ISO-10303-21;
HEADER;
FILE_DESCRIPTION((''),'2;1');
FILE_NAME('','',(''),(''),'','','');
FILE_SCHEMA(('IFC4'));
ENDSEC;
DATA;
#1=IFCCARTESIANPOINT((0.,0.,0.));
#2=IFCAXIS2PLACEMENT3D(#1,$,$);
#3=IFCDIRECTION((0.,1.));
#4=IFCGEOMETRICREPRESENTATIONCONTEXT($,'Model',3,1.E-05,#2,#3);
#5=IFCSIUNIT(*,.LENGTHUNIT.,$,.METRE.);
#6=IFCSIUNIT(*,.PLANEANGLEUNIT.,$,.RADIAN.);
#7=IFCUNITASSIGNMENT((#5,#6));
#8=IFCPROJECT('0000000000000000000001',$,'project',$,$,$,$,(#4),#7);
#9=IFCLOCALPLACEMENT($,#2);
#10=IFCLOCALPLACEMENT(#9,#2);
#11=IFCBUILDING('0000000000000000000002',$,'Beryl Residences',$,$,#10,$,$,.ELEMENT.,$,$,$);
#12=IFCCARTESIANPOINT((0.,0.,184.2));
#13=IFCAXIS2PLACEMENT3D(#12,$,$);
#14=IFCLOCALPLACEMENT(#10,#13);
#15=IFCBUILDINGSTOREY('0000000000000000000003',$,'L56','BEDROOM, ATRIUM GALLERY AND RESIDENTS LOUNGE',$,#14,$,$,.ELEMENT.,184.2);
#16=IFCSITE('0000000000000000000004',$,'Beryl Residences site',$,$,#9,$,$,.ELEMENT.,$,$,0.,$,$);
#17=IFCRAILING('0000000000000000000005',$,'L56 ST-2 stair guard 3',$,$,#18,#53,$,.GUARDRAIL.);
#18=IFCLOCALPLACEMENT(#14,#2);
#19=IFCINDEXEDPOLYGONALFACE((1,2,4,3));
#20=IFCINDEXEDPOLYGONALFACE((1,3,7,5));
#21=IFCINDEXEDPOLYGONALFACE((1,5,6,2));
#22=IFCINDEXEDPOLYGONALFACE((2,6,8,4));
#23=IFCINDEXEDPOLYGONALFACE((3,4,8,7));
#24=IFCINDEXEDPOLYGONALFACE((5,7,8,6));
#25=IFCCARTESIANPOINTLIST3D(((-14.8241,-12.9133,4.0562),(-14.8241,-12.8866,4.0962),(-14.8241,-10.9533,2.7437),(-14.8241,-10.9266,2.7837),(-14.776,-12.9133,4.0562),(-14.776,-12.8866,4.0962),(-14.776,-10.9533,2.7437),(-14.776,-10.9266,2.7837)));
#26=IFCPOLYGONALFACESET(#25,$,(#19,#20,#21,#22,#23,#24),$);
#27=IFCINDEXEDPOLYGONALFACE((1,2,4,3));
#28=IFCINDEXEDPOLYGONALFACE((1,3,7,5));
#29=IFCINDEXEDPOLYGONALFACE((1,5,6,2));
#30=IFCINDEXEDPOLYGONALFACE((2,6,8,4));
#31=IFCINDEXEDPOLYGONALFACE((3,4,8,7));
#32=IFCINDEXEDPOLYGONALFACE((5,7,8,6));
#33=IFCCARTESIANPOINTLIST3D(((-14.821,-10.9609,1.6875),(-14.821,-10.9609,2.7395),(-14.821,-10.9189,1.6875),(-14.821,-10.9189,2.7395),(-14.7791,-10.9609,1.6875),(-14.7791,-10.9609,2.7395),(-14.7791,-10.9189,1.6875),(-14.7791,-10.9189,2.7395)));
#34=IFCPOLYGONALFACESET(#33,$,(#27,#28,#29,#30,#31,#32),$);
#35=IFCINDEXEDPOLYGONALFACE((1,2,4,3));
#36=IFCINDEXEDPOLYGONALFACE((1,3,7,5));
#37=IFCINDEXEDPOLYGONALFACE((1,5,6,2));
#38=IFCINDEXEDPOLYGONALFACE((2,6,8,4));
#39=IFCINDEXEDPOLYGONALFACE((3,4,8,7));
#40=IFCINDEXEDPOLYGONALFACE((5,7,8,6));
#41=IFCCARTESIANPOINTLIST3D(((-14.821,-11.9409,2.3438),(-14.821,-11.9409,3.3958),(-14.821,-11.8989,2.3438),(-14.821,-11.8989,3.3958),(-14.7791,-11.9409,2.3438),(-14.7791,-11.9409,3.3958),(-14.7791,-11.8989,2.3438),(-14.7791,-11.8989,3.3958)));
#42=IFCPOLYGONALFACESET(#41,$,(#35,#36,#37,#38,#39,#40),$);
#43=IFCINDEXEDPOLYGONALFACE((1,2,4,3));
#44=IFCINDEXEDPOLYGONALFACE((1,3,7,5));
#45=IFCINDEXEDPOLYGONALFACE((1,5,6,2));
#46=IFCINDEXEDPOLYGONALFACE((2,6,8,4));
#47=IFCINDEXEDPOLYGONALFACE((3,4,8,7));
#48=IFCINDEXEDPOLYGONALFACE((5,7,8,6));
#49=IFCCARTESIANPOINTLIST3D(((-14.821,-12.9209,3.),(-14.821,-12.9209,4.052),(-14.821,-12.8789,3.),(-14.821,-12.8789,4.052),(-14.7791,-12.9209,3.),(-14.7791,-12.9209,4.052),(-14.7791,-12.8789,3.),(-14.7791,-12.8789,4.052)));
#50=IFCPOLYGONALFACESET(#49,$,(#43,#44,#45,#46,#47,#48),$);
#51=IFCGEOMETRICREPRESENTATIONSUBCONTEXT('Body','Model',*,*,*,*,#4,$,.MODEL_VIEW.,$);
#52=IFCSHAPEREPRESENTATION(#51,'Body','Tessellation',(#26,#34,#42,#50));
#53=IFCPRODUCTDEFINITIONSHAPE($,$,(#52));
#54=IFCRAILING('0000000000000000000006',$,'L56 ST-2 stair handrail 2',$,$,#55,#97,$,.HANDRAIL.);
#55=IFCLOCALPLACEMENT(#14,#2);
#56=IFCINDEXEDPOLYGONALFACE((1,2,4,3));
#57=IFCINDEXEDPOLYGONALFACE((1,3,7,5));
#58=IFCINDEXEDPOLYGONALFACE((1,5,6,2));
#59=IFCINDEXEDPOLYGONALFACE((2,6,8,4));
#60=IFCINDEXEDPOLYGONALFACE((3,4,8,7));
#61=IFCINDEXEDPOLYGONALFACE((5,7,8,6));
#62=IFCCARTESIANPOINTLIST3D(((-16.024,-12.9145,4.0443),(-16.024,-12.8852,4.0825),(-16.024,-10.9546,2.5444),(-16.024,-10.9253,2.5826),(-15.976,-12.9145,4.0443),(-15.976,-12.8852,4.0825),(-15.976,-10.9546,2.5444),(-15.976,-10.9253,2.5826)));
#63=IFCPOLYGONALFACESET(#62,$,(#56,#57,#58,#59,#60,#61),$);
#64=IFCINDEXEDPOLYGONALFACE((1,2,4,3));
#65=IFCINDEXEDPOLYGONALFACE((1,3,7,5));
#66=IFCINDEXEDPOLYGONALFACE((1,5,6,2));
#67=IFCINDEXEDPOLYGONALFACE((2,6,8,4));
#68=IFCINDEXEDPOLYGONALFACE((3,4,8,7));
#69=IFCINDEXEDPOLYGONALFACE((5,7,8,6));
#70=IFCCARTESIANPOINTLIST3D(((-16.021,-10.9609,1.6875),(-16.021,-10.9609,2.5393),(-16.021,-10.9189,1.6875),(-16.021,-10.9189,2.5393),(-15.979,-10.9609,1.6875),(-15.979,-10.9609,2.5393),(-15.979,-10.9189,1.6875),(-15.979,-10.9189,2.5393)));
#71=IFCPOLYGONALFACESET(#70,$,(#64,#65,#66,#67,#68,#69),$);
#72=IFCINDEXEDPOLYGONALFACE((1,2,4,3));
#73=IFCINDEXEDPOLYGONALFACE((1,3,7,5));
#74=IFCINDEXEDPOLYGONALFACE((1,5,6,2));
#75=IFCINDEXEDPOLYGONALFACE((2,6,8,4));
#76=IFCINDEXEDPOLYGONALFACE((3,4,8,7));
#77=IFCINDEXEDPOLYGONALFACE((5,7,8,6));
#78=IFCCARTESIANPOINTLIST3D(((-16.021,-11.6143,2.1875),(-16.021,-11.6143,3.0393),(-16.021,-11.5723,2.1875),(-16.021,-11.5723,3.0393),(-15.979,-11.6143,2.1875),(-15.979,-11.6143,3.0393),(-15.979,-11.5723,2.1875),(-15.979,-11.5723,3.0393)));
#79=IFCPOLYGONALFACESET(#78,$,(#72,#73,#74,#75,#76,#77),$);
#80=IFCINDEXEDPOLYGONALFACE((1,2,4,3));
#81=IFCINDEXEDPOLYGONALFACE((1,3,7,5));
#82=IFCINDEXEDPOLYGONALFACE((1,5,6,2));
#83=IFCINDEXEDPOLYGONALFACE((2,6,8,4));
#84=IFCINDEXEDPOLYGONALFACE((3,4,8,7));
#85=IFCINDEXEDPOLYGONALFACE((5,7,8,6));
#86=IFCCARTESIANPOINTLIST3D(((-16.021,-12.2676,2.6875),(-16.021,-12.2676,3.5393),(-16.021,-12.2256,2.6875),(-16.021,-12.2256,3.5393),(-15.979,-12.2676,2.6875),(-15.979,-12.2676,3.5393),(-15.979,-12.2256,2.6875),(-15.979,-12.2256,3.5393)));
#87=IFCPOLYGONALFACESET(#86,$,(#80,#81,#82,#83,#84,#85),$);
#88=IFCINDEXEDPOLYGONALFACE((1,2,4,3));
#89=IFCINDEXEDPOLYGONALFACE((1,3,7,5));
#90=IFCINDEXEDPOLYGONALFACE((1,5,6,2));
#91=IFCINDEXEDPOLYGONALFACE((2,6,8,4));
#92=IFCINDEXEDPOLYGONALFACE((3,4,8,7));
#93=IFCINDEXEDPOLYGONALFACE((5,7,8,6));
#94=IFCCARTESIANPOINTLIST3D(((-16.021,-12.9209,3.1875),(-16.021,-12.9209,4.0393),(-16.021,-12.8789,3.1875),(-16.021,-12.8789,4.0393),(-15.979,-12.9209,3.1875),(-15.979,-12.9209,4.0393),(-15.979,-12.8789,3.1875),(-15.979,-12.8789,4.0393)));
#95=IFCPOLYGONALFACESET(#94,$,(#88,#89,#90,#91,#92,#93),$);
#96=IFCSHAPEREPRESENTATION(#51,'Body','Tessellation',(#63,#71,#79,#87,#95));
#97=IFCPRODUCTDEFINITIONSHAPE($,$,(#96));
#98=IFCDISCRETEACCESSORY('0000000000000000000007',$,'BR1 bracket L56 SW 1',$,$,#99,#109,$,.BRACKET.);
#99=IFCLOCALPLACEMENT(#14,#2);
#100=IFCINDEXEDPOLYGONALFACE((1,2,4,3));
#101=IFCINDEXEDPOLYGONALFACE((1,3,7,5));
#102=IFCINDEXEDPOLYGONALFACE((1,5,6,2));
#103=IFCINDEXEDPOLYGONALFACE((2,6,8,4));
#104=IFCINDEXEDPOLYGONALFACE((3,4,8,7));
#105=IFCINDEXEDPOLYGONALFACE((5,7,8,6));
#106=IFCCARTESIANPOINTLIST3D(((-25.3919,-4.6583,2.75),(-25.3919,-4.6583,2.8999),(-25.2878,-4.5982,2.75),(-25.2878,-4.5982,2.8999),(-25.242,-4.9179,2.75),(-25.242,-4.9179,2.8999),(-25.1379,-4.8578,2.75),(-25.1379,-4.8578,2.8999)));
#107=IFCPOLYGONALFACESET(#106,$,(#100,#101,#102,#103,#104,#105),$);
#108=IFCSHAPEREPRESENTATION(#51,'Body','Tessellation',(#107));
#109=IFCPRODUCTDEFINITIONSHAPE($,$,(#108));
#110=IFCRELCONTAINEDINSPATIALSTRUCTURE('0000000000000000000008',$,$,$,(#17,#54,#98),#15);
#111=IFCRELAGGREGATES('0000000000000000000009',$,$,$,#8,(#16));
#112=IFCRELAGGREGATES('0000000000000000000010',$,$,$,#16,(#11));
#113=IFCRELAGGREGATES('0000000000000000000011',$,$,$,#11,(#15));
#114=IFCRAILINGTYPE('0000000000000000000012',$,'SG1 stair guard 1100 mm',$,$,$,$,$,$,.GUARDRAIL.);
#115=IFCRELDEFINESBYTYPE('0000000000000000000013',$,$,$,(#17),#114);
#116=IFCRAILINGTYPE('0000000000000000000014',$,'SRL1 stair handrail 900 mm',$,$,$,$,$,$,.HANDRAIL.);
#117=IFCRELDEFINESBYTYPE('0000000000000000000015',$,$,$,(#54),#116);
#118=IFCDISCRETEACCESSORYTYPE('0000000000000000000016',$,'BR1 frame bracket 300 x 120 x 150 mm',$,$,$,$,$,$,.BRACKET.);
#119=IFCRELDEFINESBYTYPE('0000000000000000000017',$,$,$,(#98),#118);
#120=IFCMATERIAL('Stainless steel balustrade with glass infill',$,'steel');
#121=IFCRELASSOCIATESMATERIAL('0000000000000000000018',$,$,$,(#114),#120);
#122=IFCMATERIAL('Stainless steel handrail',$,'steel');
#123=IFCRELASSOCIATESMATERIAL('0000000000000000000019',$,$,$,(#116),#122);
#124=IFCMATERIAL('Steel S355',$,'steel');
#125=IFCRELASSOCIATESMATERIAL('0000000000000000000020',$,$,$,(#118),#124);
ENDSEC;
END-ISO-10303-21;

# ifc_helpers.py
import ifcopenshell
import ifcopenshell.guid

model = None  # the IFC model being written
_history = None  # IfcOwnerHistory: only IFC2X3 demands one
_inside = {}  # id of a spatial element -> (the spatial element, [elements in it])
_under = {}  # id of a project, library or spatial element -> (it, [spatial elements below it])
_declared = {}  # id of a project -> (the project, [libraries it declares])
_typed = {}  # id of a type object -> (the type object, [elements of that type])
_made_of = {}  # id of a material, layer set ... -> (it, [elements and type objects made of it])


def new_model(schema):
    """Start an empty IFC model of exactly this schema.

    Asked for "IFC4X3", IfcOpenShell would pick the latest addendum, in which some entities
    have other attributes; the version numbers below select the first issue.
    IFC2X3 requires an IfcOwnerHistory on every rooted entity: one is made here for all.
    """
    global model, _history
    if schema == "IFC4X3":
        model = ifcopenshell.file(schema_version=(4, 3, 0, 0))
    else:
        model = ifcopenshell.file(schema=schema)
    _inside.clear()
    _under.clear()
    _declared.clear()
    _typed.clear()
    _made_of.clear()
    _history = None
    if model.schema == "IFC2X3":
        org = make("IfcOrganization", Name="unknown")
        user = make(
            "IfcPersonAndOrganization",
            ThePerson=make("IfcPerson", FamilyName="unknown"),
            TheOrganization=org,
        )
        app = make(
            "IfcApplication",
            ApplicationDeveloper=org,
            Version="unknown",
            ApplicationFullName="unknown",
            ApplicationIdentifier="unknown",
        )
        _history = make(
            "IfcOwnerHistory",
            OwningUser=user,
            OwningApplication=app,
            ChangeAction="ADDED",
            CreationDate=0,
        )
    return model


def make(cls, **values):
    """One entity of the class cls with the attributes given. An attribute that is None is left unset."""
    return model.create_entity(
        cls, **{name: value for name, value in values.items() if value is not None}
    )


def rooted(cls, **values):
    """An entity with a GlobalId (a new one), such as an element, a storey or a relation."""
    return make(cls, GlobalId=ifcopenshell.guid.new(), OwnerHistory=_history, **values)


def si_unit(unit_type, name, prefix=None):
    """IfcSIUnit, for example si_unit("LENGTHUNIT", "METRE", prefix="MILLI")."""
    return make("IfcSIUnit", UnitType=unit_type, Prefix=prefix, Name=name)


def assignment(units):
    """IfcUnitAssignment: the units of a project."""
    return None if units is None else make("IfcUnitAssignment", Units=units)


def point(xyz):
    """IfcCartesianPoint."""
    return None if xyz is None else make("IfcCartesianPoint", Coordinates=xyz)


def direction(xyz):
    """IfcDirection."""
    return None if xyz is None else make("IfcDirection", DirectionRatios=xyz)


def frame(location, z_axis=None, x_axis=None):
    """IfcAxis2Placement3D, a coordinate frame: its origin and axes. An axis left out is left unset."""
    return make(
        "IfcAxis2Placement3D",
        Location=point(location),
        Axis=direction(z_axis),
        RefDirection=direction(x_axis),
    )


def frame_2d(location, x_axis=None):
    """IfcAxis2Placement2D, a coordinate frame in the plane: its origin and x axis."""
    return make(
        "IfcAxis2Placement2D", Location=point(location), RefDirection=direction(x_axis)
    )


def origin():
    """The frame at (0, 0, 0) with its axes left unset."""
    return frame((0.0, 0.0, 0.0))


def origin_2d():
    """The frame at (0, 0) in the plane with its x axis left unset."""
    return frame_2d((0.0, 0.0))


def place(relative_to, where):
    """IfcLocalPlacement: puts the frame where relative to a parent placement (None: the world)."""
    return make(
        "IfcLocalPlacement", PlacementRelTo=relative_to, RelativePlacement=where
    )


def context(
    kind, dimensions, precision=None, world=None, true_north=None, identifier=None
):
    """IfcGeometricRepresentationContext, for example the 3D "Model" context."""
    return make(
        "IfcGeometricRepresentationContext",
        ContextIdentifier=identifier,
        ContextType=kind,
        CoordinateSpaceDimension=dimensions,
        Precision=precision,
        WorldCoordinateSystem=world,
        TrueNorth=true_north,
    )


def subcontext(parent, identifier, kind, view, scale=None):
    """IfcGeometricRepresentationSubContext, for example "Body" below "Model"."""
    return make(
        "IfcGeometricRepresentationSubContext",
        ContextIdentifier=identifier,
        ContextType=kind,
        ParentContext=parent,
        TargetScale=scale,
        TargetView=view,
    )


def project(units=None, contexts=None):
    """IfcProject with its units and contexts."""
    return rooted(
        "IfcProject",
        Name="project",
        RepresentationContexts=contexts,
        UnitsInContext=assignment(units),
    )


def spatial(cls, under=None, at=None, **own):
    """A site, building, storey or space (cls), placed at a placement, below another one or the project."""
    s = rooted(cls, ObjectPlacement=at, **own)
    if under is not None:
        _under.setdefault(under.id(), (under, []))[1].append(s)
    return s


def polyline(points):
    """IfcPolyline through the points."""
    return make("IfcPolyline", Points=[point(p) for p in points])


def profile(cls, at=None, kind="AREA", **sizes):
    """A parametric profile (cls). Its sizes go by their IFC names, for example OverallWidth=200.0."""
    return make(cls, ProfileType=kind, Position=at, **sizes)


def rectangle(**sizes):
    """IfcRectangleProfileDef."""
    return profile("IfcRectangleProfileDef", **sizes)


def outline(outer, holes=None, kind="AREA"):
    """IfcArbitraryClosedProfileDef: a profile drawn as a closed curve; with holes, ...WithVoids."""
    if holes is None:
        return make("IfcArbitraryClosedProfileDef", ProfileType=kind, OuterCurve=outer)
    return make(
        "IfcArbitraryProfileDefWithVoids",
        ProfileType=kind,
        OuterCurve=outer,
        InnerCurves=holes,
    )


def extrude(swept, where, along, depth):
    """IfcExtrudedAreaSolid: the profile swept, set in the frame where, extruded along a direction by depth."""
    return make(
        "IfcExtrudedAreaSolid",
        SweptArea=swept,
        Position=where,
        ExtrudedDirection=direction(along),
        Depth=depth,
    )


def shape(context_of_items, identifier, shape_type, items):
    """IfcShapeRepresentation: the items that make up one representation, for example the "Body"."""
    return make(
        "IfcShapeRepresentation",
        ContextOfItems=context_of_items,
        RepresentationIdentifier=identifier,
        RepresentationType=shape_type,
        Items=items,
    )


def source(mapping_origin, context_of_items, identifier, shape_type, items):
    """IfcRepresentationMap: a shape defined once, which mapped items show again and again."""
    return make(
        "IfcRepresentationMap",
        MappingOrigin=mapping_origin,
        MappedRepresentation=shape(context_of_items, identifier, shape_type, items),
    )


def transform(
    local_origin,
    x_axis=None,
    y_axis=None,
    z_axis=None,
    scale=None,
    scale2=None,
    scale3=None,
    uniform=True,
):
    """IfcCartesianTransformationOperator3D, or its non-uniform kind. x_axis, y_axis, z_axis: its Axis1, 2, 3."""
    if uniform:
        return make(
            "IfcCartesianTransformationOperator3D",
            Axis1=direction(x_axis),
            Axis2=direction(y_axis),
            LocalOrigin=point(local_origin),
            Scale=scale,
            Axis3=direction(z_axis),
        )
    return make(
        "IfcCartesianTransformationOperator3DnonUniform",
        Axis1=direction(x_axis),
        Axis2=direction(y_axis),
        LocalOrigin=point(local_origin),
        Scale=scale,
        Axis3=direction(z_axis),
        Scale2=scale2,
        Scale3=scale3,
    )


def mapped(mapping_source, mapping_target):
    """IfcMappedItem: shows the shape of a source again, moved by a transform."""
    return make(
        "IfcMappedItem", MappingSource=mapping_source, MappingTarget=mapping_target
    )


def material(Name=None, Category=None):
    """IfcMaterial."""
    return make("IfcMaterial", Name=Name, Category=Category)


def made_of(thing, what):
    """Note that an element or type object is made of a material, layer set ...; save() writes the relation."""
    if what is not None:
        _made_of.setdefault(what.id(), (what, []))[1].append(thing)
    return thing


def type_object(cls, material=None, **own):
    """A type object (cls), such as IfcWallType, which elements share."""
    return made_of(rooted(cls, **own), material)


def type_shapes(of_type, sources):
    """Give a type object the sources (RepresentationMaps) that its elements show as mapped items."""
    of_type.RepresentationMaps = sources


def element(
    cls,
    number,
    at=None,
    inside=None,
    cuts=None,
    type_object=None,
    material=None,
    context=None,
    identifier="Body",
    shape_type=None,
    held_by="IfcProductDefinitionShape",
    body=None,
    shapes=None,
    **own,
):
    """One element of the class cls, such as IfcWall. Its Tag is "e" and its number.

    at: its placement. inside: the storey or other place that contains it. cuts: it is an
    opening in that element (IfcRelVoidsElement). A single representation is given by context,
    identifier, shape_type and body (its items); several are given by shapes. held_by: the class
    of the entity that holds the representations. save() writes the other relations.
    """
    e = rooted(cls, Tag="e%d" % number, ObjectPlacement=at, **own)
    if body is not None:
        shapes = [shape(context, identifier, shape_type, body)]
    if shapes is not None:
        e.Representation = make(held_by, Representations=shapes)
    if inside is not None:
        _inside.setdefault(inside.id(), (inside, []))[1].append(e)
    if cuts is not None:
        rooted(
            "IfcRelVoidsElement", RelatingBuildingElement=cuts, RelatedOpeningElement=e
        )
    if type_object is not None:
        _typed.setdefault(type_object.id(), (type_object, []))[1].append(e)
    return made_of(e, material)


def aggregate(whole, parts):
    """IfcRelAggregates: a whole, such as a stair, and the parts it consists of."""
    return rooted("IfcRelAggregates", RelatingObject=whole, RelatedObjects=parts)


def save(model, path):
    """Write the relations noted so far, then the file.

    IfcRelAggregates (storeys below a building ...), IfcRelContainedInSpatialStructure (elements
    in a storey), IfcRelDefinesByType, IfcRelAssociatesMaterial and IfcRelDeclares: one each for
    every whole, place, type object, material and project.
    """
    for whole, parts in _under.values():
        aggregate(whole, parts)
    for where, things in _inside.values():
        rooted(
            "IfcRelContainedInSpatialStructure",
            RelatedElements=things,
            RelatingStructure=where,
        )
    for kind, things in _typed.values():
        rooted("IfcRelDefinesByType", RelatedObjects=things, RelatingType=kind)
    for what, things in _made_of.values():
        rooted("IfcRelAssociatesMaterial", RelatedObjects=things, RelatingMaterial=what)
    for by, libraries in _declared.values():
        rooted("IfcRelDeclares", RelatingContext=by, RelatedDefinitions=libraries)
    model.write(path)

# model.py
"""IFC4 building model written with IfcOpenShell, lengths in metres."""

from ifc_helpers import new_model, si_unit, direction, frame, origin, origin_2d, place, context, subcontext, project, spatial, polyline, rectangle, outline, extrude, source, transform, mapped, material, type_object, type_shapes, element, save


model = new_model("IFC4")

# Units and contexts
model_context = context("Model", 3, precision=1e-05, world=origin(), true_north=direction((0.0, 1.0)))
body_context = subcontext(model_context, "Body", "Model", "MODEL_VIEW")
ifc_project = project(units=[si_unit("LENGTHUNIT", "METRE"), si_unit("PLANEANGLEUNIT", "RADIAN")], contexts=[model_context])

# Site, building, storey
site_placement = place(None, origin())
site = spatial("IfcSite", under=ifc_project, at=site_placement, Name="Beryl Residences site", CompositionType="ELEMENT", RefElevation=0.0)
building_placement = place(site_placement, origin())
building = spatial("IfcBuilding", under=site, at=building_placement, Name="Beryl Residences", CompositionType="ELEMENT")
storey_placement = place(building_placement, frame((0.0, 0.0, 184.2)))
storey = spatial("IfcBuildingStorey", under=building, at=storey_placement, Name="L56", Description="BEDROOM, ATRIUM GALLERY AND RESIDENTS LOUNGE", CompositionType="ELEMENT", Elevation=184.2)

# Railings
ifc_material_1 = material(Name="Stainless steel balustrade with glass infill", Category="steel")
railing_type_1 = type_object("IfcRailingType", Name="SG1 stair guard 1100 mm", PredefinedType="GUARDRAIL", material=ifc_material_1)
railing_1_placement = place(storey_placement, frame((-14.8, -10.9399, 1.6875)))
element("IfcRailing", 1, at=railing_1_placement, inside=storey, type_object=railing_type_1, Name="L56 ST-2 stair guard 3", PredefinedType="GUARDRAIL", context=body_context, shape_type="SweptSolid", body=[
    extrude(rectangle(XDim=0.0481, YDim=0.0481, at=origin_2d()), frame((0.0, 0.0, 1.0762), z_axis=(0.0, -0.830902, 0.556419), x_axis=(1.0, 0.0, 0.0)), (0.0, 0.0, 1.0), 2.3589),
    extrude(rectangle(XDim=0.042, YDim=0.042, at=origin_2d()), origin(), (0.0, 0.0, 1.0), 1.052),
    extrude(rectangle(XDim=0.042, YDim=0.042, at=origin_2d()), frame((0.0, -0.98, 0.6562)), (0.0, 0.0, 1.0), 1.052),
    extrude(rectangle(XDim=0.042, YDim=0.042, at=origin_2d()), frame((0.0, -1.96, 1.3125)), (0.0, 0.0, 1.0), 1.052),
])
ifc_material_2 = material(Name="Stainless steel handrail", Category="steel")
railing_type_2 = type_object("IfcRailingType", Name="SRL1 stair handrail 900 mm", PredefinedType="HANDRAIL", material=ifc_material_2)
railing_2_placement = place(storey_placement, frame((-16.0, -10.9399, 1.6875)))
element("IfcRailing", 2, at=railing_2_placement, inside=storey, type_object=railing_type_2, Name="L56 ST-2 stair handrail 2", PredefinedType="HANDRAIL", context=body_context, shape_type="SweptSolid", body=[
    extrude(rectangle(XDim=0.0481, YDim=0.0481, at=origin_2d()), frame((0.0, 0.0, 0.876), z_axis=(0.0, -0.794122, 0.607758), x_axis=(1.0, 0.0, 0.0)), (0.0, 0.0, 1.0), 2.468),
    extrude(rectangle(XDim=0.042, YDim=0.042, at=origin_2d()), origin(), (0.0, 0.0, 1.0), 0.8518),
    extrude(rectangle(XDim=0.042, YDim=0.042, at=origin_2d()), frame((0.0, -0.6533, 0.5)), (0.0, 0.0, 1.0), 0.8518),
    extrude(rectangle(XDim=0.042, YDim=0.042, at=origin_2d()), frame((0.0, -1.3066, 1.0)), (0.0, 0.0, 1.0), 0.8518),
    extrude(rectangle(XDim=0.042, YDim=0.042, at=origin_2d()), frame((0.0, -1.96, 1.5)), (0.0, 0.0, 1.0), 0.8518),
])

# Discrete accessory
ifc_material_3 = material(Name="Steel S355", Category="steel")
discrete_accessory_type = type_object("IfcDiscreteAccessoryType", Name="BR1 frame bracket 300 x 120 x 150 mm", PredefinedType="BRACKET", material=ifc_material_3)
shared_shape_1 = source(origin(), body_context, "Body", "SweptSolid", [
    extrude(outline(polyline([(-0.1499, 0.0), (0.1499, 0.0), (0.1499, 0.1201), (-0.1499, 0.1201), (-0.1499, 0.0)])), origin(), (0.0, 0.0, 1.0), 0.1499),
])
type_shapes(discrete_accessory_type, [shared_shape_1])
discrete_accessory_placement = place(storey_placement, frame((-25.2129, -4.728, 2.75), z_axis=(0.0, 0.0, 1.0), x_axis=(-0.5, 0.866025, 0.0)))
element("IfcDiscreteAccessory", 3, at=discrete_accessory_placement, inside=storey, type_object=discrete_accessory_type, Name="BR1 bracket L56 SW 1", PredefinedType="BRACKET", context=body_context, shape_type="MappedRepresentation", body=[
    mapped(shared_shape_1, transform((0.0, 0.0, 0.0))),
])

save(model, "model.ifc")
